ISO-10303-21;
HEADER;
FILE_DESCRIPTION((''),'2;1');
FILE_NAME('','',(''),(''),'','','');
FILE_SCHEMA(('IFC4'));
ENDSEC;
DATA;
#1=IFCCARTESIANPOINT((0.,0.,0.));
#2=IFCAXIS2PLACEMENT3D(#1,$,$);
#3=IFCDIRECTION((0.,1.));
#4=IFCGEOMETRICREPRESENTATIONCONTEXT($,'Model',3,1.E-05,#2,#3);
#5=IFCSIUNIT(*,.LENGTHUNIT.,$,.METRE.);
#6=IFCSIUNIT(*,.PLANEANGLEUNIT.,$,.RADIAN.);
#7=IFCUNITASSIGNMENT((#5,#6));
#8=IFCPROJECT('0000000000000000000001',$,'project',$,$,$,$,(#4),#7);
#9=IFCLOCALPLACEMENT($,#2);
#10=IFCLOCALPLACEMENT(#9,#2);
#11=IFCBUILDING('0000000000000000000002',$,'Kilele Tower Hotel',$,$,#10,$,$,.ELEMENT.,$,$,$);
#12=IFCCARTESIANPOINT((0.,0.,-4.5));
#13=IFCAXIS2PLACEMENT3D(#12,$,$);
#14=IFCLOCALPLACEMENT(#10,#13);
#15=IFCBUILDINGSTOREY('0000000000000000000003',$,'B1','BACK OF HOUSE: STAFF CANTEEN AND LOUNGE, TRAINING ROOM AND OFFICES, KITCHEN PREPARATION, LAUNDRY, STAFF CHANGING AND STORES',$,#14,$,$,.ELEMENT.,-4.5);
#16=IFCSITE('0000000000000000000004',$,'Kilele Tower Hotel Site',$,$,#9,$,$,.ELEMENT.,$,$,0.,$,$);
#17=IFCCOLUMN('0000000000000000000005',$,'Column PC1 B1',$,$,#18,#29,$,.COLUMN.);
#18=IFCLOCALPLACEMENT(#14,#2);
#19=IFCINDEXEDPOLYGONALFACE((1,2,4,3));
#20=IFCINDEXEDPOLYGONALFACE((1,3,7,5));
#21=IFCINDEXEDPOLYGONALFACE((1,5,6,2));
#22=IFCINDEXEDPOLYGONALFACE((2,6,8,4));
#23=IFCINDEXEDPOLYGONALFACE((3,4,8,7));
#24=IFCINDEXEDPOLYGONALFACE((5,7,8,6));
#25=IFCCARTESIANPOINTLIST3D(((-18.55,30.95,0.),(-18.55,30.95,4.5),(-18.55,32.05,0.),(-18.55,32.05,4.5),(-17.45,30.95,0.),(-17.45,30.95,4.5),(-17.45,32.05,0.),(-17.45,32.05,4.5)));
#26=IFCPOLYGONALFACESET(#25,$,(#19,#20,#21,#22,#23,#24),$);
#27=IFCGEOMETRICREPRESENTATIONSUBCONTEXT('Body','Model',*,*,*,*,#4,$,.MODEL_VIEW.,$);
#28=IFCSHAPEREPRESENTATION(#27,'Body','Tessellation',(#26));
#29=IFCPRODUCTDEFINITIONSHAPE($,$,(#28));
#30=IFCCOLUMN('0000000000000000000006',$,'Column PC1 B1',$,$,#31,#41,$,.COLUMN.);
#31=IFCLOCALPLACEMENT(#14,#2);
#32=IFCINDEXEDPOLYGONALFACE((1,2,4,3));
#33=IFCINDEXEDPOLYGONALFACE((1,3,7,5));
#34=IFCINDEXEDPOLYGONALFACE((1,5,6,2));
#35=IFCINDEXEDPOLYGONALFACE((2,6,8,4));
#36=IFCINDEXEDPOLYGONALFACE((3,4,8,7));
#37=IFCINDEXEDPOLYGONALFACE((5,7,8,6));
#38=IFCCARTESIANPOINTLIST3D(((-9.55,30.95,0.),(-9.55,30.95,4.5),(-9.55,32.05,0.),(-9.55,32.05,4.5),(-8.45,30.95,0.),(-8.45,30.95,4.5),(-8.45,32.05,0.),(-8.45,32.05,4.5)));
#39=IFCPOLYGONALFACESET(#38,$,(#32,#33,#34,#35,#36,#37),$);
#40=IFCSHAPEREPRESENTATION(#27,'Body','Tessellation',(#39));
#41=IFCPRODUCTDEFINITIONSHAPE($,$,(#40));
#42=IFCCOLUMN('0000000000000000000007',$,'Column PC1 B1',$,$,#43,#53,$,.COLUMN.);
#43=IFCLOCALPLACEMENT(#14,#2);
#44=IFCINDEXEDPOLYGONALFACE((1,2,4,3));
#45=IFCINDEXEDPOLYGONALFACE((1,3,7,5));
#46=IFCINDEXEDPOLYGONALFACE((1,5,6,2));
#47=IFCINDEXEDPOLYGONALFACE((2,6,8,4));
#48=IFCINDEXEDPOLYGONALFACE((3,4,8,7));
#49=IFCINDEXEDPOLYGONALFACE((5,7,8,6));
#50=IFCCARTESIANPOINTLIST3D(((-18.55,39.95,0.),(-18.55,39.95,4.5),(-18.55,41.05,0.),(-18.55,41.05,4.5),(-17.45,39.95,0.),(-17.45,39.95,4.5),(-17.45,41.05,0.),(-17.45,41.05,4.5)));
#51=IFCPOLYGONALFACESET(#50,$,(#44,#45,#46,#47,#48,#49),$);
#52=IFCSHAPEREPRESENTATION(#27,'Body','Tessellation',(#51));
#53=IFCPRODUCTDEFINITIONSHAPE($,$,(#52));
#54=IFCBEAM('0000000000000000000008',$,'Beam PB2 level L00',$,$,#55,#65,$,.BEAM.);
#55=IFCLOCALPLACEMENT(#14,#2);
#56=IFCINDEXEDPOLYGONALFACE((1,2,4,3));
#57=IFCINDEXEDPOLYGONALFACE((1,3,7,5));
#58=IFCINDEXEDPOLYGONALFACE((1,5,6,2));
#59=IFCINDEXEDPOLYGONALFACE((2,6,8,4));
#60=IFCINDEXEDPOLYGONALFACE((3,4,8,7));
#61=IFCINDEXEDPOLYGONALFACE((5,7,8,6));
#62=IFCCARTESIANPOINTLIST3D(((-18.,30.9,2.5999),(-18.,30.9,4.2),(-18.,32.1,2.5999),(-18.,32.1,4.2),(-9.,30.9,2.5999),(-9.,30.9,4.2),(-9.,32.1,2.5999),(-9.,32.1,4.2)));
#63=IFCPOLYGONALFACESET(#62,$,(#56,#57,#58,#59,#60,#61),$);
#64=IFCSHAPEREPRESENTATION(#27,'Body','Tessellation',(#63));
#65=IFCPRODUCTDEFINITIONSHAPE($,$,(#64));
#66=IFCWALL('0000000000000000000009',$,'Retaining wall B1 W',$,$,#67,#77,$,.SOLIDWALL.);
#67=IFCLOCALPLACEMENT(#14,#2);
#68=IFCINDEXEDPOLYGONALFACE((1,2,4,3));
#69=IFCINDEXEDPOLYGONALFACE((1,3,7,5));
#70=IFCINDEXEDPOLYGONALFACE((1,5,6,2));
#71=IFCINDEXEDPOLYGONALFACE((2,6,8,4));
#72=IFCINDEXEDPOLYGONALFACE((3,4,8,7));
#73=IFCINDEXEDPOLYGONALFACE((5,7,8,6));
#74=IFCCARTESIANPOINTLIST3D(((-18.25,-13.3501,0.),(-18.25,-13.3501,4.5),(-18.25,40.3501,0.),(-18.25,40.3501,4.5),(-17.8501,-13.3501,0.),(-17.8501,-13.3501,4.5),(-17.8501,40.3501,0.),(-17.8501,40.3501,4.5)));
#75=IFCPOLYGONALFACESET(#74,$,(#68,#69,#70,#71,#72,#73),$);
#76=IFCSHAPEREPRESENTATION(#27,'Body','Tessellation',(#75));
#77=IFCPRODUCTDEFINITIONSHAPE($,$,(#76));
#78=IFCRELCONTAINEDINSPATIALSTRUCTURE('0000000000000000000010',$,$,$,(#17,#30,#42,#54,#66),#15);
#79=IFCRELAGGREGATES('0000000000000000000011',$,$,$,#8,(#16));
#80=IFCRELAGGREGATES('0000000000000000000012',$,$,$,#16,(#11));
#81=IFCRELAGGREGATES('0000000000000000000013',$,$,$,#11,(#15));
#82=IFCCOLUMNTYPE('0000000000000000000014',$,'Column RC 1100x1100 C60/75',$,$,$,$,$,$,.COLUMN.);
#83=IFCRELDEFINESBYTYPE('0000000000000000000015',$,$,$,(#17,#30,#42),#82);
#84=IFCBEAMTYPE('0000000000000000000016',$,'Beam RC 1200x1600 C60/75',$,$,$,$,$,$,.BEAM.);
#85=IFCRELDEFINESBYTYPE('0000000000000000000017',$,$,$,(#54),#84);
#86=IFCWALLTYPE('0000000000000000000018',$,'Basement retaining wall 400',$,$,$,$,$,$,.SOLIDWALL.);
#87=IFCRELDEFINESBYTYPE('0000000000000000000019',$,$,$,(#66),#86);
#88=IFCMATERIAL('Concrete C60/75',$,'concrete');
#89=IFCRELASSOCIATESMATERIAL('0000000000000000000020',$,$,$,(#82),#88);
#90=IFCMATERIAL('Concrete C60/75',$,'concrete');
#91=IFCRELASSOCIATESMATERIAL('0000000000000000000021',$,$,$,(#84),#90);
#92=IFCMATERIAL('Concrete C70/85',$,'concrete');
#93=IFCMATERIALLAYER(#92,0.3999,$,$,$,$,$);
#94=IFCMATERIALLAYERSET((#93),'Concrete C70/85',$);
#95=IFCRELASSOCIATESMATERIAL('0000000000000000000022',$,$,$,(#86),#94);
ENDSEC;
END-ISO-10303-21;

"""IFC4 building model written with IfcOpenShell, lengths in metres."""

from ifc_helpers import new_model, si_unit, direction, frame, frame_2d, origin, origin_2d, place, context, subcontext, project, spatial, rectangle, extrude, material, layer, layer_set, material_profile, profile_set, type_object, element, save


model = new_model("IFC4")

# Units and contexts
model_context = context("Model", 3, precision=1e-05, world=origin(), true_north=direction((0.0, 1.0)))
body_context = subcontext(model_context, "Body", "Model", "MODEL_VIEW")
ifc_project = project(units=[si_unit("LENGTHUNIT", "METRE"), si_unit("PLANEANGLEUNIT", "RADIAN")], contexts=[model_context])

# Site, building, storey
site_placement = place(None, origin())
site = spatial("IfcSite", under=ifc_project, at=site_placement, Name="Kilele Tower Hotel Site", CompositionType="ELEMENT", RefElevation=0.0)
building_placement = place(site_placement, origin())
building = spatial("IfcBuilding", under=site, at=building_placement, Name="Kilele Tower Hotel", CompositionType="ELEMENT")
storey_placement = place(building_placement, frame((0.0, 0.0, -4.5)))
storey = spatial("IfcBuildingStorey", under=building, at=storey_placement, Name="B1", Description="BACK OF HOUSE: STAFF CANTEEN AND LOUNGE, TRAINING ROOM AND OFFICES, KITCHEN PREPARATION, LAUNDRY, STAFF CHANGING AND STORES", CompositionType="ELEMENT", Elevation=-4.5)

# Columns
ifc_material_1 = material(Name="Concrete C60/75", Category="concrete")
ifc_material_profile_1 = material_profile(ifc_material_1, rectangle(XDim=1.1001, YDim=1.1001, at=origin_2d()))
ifc_profile_set_1 = profile_set([ifc_material_profile_1], Name="Concrete C60/75")
column_type = type_object("IfcColumnType", Name="Column RC 1100x1100 C60/75", PredefinedType="COLUMN", material=ifc_profile_set_1)
for number, where, z_axis, x_axis, name in (
    (1, (-18.0, 31.5, 0.0), (0.0, 0.0, 1.0), (1.0, 0.0, 0.0), "Column PC1 B1"),
    (2, (-9.0, 31.5, 0.0), (0.0, 0.0, 1.0), (1.0, 0.0, 0.0), "Column PC1 B1"),
    (3, (-18.0, 40.5, 0.0), (0.0, 0.0, 1.0), (1.0, 0.0, 0.0), "Column PC1 B1"),
):
    element("IfcColumn", number, at=place(storey_placement, frame(where, z_axis=z_axis, x_axis=x_axis)), inside=storey, type_object=column_type, Name=name, PredefinedType="COLUMN", context=body_context, shape_type="SweptSolid", body=[
        extrude(rectangle(XDim=1.1001, YDim=1.1001, at=origin_2d()), origin(), (0.0, 0.0, 1.0), 4.5),
    ])

# Beam
ifc_material_2 = material(Name="Concrete C60/75", Category="concrete")
ifc_material_profile_2 = material_profile(ifc_material_2, rectangle(XDim=1.2, YDim=1.6001, at=origin_2d()))
ifc_profile_set_2 = profile_set([ifc_material_profile_2], Name="Concrete C60/75")
beam_type = type_object("IfcBeamType", Name="Beam RC 1200x1600 C60/75", PredefinedType="BEAM", material=ifc_profile_set_2)
beam_placement = place(storey_placement, frame((-18.0, 31.5, 3.3999), z_axis=(1.0, 0.0, 0.0), x_axis=(0.0, 1.0, 0.0)))
element("IfcBeam", 4, at=beam_placement, inside=storey, type_object=beam_type, Name="Beam PB2 level L00", PredefinedType="BEAM", context=body_context, shape_type="SweptSolid", body=[
    extrude(rectangle(XDim=1.2, YDim=1.6001, at=origin_2d()), origin(), (0.0, 0.0, 1.0), 9.0),
])

# Wall
ifc_material_3 = material(Name="Concrete C70/85", Category="concrete")
ifc_layer_1 = layer(ifc_material_3, 0.3999)
ifc_layer_set_1 = layer_set([ifc_layer_1], Name="Concrete C70/85")
wall_type_1 = type_object("IfcWallType", Name="Basement retaining wall 400", PredefinedType="SOLIDWALL", material=ifc_layer_set_1)
wall_1_placement = place(storey_placement, frame((-18.05, 40.3501, 0.0), z_axis=(0.0, 0.0, 1.0), x_axis=(0.0, -1.0, 0.0)))
element("IfcWall", 5, at=wall_1_placement, inside=storey, type_object=wall_type_1, Name="Retaining wall B1 W", PredefinedType="SOLIDWALL", context=body_context, shape_type="SweptSolid", body=[
    extrude(rectangle(XDim=53.7002, YDim=0.3999, at=frame_2d((26.8501, 0.0))), origin(), (0.0, 0.0, 1.0), 4.5),
])

save(model, "model.ifc")
